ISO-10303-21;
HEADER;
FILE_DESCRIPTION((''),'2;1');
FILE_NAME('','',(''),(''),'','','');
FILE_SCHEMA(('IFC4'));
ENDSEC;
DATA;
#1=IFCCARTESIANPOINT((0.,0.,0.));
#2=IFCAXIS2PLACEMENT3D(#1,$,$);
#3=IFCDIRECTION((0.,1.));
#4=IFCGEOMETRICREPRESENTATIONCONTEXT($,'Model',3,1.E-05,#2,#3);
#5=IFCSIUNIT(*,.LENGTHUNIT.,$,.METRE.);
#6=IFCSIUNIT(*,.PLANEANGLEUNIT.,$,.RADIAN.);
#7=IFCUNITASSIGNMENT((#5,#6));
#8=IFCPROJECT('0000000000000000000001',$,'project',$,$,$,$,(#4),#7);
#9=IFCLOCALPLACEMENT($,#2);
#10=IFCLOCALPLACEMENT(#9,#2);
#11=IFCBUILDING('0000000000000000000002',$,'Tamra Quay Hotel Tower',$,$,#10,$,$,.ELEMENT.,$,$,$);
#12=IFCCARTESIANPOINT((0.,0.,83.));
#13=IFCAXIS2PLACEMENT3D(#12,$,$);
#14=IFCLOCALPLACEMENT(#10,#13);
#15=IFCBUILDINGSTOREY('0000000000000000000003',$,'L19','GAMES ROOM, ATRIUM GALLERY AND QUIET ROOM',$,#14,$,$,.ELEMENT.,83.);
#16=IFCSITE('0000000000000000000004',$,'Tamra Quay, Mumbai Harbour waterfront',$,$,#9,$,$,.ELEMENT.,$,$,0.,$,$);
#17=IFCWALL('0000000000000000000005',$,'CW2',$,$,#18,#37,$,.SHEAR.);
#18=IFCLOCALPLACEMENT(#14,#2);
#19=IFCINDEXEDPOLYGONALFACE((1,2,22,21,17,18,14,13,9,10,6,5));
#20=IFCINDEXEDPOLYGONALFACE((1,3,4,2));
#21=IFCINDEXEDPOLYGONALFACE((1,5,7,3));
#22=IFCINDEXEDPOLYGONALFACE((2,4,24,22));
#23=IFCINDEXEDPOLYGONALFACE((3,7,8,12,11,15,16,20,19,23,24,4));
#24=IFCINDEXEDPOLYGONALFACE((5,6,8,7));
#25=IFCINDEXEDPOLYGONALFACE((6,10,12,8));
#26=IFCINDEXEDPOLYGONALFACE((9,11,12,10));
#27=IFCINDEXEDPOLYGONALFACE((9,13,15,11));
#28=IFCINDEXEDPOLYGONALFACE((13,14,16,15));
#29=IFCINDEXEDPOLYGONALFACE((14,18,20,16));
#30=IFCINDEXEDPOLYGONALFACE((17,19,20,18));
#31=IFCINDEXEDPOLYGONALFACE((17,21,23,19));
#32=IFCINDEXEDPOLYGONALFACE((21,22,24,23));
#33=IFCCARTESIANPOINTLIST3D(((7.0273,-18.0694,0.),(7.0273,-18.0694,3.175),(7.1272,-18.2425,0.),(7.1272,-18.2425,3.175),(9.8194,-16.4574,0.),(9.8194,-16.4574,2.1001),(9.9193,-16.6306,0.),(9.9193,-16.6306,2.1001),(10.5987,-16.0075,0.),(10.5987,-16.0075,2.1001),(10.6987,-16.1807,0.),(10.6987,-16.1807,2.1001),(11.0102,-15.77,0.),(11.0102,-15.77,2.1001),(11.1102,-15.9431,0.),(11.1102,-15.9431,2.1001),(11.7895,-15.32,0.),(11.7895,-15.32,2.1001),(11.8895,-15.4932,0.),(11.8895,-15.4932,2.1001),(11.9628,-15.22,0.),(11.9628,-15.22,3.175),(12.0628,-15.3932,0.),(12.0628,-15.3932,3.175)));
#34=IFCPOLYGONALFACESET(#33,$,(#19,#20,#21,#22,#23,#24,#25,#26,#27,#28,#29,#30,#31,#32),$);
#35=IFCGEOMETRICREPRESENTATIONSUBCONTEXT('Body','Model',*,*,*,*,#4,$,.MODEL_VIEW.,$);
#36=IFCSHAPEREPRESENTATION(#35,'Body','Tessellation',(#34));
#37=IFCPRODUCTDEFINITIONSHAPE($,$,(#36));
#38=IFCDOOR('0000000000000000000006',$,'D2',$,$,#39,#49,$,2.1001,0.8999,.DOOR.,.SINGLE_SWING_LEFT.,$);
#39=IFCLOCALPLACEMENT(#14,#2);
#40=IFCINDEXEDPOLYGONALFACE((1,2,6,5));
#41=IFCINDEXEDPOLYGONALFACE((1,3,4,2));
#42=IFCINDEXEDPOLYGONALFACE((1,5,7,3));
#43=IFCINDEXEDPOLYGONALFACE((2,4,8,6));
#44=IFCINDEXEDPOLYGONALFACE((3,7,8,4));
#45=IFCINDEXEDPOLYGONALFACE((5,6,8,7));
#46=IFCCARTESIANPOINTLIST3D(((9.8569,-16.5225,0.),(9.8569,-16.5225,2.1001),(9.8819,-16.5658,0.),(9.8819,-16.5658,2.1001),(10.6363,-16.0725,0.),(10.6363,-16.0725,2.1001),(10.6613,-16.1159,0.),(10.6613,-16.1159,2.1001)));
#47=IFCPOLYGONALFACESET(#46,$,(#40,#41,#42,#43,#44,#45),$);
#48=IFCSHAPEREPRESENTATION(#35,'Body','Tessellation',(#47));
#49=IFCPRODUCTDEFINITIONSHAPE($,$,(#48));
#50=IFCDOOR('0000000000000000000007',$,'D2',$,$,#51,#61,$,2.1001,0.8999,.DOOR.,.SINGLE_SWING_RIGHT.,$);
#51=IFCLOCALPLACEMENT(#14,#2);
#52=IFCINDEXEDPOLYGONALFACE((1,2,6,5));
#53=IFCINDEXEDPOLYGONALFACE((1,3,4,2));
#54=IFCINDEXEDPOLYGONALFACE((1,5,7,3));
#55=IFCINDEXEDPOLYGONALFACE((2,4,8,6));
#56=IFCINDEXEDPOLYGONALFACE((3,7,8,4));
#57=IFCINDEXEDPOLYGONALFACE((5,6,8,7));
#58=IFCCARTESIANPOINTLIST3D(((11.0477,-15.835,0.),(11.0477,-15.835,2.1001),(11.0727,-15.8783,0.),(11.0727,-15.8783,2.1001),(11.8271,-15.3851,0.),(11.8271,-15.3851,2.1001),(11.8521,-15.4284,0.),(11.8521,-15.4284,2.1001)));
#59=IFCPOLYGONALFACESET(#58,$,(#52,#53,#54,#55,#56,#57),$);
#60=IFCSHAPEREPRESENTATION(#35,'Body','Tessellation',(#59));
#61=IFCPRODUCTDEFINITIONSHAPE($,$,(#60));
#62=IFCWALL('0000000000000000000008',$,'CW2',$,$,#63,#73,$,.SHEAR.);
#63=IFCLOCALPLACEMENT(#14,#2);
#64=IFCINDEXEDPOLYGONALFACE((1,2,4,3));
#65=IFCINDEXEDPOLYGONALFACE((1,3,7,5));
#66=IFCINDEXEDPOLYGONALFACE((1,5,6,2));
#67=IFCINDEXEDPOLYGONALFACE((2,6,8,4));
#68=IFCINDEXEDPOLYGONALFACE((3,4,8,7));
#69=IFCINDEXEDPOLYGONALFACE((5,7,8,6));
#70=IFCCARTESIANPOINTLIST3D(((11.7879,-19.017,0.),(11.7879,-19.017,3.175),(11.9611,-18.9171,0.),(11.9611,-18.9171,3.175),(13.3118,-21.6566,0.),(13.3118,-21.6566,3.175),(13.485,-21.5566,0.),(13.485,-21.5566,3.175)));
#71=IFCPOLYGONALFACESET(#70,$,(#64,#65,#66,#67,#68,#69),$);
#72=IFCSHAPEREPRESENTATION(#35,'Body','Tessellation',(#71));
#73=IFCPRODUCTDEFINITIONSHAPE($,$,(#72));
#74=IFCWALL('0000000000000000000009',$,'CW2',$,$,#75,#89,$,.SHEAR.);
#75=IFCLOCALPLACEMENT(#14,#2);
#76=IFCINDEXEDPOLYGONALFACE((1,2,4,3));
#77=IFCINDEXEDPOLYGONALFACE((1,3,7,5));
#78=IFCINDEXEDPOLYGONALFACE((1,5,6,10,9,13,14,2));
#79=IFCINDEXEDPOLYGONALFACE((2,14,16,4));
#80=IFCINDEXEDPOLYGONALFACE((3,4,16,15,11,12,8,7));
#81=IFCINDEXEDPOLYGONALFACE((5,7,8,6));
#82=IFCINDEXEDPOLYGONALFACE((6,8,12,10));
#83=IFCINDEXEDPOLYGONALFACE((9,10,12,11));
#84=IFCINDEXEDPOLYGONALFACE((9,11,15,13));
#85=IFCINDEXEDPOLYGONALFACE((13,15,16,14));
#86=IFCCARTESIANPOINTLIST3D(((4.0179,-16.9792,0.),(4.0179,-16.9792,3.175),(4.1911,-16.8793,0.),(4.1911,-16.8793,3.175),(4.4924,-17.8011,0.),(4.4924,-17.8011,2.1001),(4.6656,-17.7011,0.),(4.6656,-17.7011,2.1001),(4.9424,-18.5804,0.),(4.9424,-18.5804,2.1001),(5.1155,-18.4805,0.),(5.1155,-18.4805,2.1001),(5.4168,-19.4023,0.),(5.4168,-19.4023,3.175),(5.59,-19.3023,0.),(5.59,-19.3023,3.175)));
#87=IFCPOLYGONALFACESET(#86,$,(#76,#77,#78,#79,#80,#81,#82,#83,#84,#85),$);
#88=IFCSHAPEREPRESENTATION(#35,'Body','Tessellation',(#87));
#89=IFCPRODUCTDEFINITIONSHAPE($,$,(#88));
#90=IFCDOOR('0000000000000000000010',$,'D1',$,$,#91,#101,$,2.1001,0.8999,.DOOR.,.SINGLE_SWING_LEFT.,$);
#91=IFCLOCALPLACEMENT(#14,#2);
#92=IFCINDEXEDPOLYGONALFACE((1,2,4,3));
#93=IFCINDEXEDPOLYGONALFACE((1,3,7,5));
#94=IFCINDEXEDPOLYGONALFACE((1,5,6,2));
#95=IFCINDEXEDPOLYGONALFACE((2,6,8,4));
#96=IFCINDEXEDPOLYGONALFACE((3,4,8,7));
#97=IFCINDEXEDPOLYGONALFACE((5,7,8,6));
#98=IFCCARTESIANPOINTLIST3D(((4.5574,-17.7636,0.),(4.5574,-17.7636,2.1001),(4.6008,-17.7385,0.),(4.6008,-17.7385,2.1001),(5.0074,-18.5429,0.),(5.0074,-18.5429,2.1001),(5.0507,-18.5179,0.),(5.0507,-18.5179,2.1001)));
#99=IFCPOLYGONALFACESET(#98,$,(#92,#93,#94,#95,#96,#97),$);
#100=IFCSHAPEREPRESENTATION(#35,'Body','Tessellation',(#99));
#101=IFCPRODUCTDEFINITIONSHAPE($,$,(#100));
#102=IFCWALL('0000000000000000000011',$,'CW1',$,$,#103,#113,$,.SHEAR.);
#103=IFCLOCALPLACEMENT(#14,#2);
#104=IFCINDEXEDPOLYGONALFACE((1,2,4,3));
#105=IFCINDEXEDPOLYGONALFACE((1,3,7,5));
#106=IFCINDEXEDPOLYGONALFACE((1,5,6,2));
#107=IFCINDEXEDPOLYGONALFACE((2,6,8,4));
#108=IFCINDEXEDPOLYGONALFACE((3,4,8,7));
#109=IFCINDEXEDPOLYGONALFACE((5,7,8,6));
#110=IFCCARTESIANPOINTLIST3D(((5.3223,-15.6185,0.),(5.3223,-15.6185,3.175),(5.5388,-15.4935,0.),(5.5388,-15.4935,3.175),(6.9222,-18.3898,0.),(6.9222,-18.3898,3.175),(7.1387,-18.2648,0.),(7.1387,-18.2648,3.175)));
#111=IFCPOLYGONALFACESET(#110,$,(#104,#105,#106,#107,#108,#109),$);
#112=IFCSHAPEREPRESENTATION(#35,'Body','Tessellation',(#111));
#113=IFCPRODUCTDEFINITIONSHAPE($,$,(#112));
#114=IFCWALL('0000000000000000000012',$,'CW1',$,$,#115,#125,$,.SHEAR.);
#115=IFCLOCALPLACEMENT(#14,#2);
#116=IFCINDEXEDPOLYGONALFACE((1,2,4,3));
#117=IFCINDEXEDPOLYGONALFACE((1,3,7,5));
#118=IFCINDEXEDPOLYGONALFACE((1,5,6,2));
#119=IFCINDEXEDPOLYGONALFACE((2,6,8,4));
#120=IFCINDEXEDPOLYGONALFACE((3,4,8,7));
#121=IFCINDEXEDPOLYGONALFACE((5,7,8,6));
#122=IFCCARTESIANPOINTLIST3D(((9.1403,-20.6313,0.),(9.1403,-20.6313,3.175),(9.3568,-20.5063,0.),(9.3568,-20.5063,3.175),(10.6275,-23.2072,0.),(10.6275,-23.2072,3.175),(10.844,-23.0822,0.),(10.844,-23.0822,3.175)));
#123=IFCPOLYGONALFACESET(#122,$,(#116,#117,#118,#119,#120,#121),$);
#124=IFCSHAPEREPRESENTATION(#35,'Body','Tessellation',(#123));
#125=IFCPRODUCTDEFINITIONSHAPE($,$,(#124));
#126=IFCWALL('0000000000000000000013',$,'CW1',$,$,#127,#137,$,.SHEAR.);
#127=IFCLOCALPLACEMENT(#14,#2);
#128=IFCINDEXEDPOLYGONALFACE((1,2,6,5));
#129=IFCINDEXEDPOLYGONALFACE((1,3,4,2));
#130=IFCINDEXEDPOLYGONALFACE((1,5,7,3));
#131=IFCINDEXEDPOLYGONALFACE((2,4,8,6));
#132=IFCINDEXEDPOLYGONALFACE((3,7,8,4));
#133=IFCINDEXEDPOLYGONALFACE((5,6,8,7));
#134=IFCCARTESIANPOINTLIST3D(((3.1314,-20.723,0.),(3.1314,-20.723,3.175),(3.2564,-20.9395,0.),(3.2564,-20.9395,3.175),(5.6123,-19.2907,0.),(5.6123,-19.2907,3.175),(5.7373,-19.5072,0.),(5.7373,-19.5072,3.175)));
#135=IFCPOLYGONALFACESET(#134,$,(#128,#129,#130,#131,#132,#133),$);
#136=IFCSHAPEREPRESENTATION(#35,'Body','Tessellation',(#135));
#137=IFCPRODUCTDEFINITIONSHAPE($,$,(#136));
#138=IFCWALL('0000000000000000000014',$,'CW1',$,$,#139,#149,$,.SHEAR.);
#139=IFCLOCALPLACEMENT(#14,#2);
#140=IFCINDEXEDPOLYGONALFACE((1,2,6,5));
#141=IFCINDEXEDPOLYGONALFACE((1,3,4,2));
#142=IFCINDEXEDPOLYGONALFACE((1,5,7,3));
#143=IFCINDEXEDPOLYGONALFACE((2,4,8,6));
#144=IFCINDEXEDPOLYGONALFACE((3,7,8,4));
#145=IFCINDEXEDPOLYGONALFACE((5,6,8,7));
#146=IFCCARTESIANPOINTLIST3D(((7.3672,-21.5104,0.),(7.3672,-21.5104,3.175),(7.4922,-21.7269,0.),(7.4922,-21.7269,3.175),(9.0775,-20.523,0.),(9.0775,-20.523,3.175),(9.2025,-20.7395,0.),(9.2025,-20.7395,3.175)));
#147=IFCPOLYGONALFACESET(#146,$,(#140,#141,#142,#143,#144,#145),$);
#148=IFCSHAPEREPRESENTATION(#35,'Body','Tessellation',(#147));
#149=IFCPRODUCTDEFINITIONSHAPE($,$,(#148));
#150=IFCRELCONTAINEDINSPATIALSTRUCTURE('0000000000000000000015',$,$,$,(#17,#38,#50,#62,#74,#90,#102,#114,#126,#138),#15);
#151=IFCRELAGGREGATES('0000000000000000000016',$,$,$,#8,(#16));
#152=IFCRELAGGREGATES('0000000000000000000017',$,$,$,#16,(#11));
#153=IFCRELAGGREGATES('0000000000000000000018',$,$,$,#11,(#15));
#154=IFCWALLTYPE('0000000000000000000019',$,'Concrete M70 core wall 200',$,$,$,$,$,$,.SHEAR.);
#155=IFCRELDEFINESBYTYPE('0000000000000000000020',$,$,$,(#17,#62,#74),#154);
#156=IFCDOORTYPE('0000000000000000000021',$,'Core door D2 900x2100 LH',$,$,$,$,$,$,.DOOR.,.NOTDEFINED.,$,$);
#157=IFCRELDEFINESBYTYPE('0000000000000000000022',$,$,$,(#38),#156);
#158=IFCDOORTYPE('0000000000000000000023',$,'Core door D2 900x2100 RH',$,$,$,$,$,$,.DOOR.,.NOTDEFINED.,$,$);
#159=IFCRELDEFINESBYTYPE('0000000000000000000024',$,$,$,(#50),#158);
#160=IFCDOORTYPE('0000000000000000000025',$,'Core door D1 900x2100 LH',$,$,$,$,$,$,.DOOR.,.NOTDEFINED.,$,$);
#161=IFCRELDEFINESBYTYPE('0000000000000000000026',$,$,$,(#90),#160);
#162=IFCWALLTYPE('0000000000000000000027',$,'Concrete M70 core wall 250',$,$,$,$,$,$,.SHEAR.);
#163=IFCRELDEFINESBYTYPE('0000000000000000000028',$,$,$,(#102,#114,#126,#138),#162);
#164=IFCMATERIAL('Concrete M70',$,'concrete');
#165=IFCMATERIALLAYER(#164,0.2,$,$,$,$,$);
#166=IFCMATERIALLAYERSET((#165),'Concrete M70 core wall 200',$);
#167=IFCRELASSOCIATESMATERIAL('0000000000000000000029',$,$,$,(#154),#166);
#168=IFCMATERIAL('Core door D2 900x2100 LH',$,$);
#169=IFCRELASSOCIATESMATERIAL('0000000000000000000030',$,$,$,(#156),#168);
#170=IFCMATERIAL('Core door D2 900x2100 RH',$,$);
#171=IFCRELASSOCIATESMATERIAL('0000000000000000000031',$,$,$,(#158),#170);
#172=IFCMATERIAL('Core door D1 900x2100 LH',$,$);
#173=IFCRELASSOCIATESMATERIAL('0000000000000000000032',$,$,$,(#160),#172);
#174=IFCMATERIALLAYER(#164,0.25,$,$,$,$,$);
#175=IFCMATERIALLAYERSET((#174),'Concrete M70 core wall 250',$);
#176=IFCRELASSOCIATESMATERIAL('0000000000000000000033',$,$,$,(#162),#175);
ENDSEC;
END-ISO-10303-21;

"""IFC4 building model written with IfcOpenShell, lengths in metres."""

from ifc_helpers import new_model, si_unit, direction, frame, frame_2d, origin, place, context, subcontext, project, spatial, rectangle, extrude, material, layer, layer_set, type_object, element, fill, save


model = new_model("IFC4")

# Units and contexts
model_context = context("Model", 3, precision=1e-05, world=origin(), true_north=direction((0.0, 1.0)))
body_context = subcontext(model_context, "Body", "Model", "MODEL_VIEW")
ifc_project = project(units=[si_unit("LENGTHUNIT", "METRE"), si_unit("PLANEANGLEUNIT", "RADIAN")], contexts=[model_context])

# Site, building, storey
site_placement = place(None, origin())
site = spatial("IfcSite", under=ifc_project, at=site_placement, Name="Tamra Quay, Mumbai Harbour waterfront", CompositionType="ELEMENT", RefElevation=0.0)
building_placement = place(site_placement, origin())
building = spatial("IfcBuilding", under=site, at=building_placement, Name="Tamra Quay Hotel Tower", CompositionType="ELEMENT")
storey_placement = place(building_placement, frame((0.0, 0.0, 83.0)))
storey = spatial("IfcBuildingStorey", under=building, at=storey_placement, Name="L19", Description="GAMES ROOM, ATRIUM GALLERY AND QUIET ROOM", CompositionType="ELEMENT", Elevation=83.0)

# Shared definitions
ifc_material_1 = material(Name="Concrete M70", Category="concrete")

# Wall, openings, doors
ifc_layer_1 = layer(ifc_material_1, 0.2)
ifc_layer_set_1 = layer_set([ifc_layer_1], Name="Concrete M70 core wall 200")
wall_type_1 = type_object("IfcWallType", Name="Concrete M70 core wall 200", PredefinedType="SHEAR", material=ifc_layer_set_1)
wall_1_placement = place(storey_placement, frame((7.0771, -18.156, 0.0), z_axis=(0.0, 0.0, 1.0), x_axis=(0.866039, 0.499977, 0.0)))
wall_1 = element("IfcWall", 1, at=wall_1_placement, inside=storey, type_object=wall_type_1, Name="CW2", PredefinedType="SHEAR", context=body_context, shape_type="SweptSolid", body=[
    extrude(rectangle(XDim=5.699, YDim=0.2, at=frame_2d((2.8496, 0.0))), origin(), (0.0, 0.0, 1.0), 3.175),
])
opening_1_placement = place(wall_1_placement, frame((3.2241, 0.0, 0.0)))
opening_1 = element("IfcOpeningElement", 2, at=opening_1_placement, cuts=wall_1, PredefinedType="OPENING", context=body_context, shape_type="SweptSolid", body=[
    extrude(rectangle(XDim=0.8999, YDim=2.1001, at=frame_2d((0.45, 1.05))), frame((0.0, 0.1099, 0.0), z_axis=(0.0, -1.0, 0.0), x_axis=(1.0, 0.0, 0.0)), (0.0, 0.0, 1.0), 0.22),
])
opening_2_placement = place(wall_1_placement, frame((4.5991, 0.0, 0.0)))
opening_2 = element("IfcOpeningElement", 3, at=opening_2_placement, cuts=wall_1, PredefinedType="OPENING", context=body_context, shape_type="SweptSolid", body=[
    extrude(rectangle(XDim=0.8999, YDim=2.1001, at=frame_2d((0.45, 1.05))), frame((0.0, 0.1099, 0.0), z_axis=(0.0, -1.0, 0.0), x_axis=(1.0, 0.0, 0.0)), (0.0, 0.0, 1.0), 0.22),
])
ifc_material_2 = material(Name="Core door D2 900x2100 LH")
door_type_1 = type_object("IfcDoorType", Name="Core door D2 900x2100 LH", OperationType="NOTDEFINED", PredefinedType="DOOR", material=ifc_material_2)
door_1_placement = place(opening_1_placement, origin())
door_1 = element("IfcDoor", 4, at=door_1_placement, inside=storey, type_object=door_type_1, Name="D2", OperationType="SINGLE_SWING_LEFT", OverallHeight=2.1001, OverallWidth=0.8999, PredefinedType="DOOR", context=body_context, shape_type="SweptSolid", body=[
    extrude(rectangle(XDim=0.8999, YDim=2.1001, at=frame_2d((0.45, 1.05))), frame((0.0, 0.0249, 0.0), z_axis=(0.0, -1.0, 0.0), x_axis=(1.0, 0.0, 0.0)), (0.0, 0.0, 1.0), 0.05),
])
fill(opening_1, door_1)
ifc_material_3 = material(Name="Core door D2 900x2100 RH")
door_type_2 = type_object("IfcDoorType", Name="Core door D2 900x2100 RH", OperationType="NOTDEFINED", PredefinedType="DOOR", material=ifc_material_3)
door_2_placement = place(opening_2_placement, origin())
door_2 = element("IfcDoor", 5, at=door_2_placement, inside=storey, type_object=door_type_2, Name="D2", OperationType="SINGLE_SWING_RIGHT", OverallHeight=2.1001, OverallWidth=0.8999, PredefinedType="DOOR", context=body_context, shape_type="SweptSolid", body=[
    extrude(rectangle(XDim=0.8999, YDim=2.1001, at=frame_2d((0.45, 1.05))), frame((0.0, 0.0249, 0.0), z_axis=(0.0, -1.0, 0.0), x_axis=(1.0, 0.0, 0.0)), (0.0, 0.0, 1.0), 0.05),
])
fill(opening_2, door_2)

# Wall
wall_2_placement = place(storey_placement, frame((11.8745, -18.967, 0.0), z_axis=(0.0, 0.0, 1.0), x_axis=(0.499981, -0.866036, 0.0)))
element("IfcWall", 6, at=wall_2_placement, inside=storey, type_object=wall_type_1, Name="CW2", PredefinedType="SHEAR", context=body_context, shape_type="SweptSolid", body=[
    extrude(rectangle(XDim=3.0479, YDim=0.2, at=frame_2d((1.5239, 0.0))), origin(), (0.0, 0.0, 1.0), 3.175),
])

# Wall, opening, door
wall_3_placement = place(storey_placement, frame((5.5034, -19.3523, 0.0), z_axis=(0.0, 0.0, 1.0), x_axis=(-0.499987, 0.866033, 0.0)))
wall_3 = element("IfcWall", 7, at=wall_3_placement, inside=storey, type_object=wall_type_1, Name="CW2", PredefinedType="SHEAR", context=body_context, shape_type="SweptSolid", body=[
    extrude(rectangle(XDim=2.7979, YDim=0.2, at=frame_2d((1.3989, 0.0))), origin(), (0.0, 0.0, 1.0), 3.175),
])
opening_3_placement = place(wall_3_placement, frame((0.949, 0.0, 0.0)))
opening_3 = element("IfcOpeningElement", 8, at=opening_3_placement, cuts=wall_3, PredefinedType="OPENING", context=body_context, shape_type="SweptSolid", body=[
    extrude(rectangle(XDim=0.8999, YDim=2.1001, at=frame_2d((0.45, 1.05))), frame((0.0, 0.1099, 0.0), z_axis=(0.0, -1.0, 0.0), x_axis=(1.0, 0.0, 0.0)), (0.0, 0.0, 1.0), 0.22),
])
ifc_material_4 = material(Name="Core door D1 900x2100 LH")
door_type_3 = type_object("IfcDoorType", Name="Core door D1 900x2100 LH", OperationType="NOTDEFINED", PredefinedType="DOOR", material=ifc_material_4)
door_3_placement = place(opening_3_placement, origin())
door_3 = element("IfcDoor", 9, at=door_3_placement, inside=storey, type_object=door_type_3, Name="D1", OperationType="SINGLE_SWING_LEFT", OverallHeight=2.1001, OverallWidth=0.8999, PredefinedType="DOOR", context=body_context, shape_type="SweptSolid", body=[
    extrude(rectangle(XDim=0.8999, YDim=2.1001, at=frame_2d((0.45, 1.05))), frame((0.0, 0.0249, 0.0), z_axis=(0.0, -1.0, 0.0), x_axis=(1.0, 0.0, 0.0)), (0.0, 0.0, 1.0), 0.05),
])
fill(opening_3, door_3)

# Walls
ifc_layer_2 = layer(ifc_material_1, 0.25)
ifc_layer_set_2 = layer_set([ifc_layer_2], Name="Concrete M70 core wall 250")
wall_type_2 = type_object("IfcWallType", Name="Concrete M70 core wall 250", PredefinedType="SHEAR", material=ifc_layer_set_2)
wall_4_placement = place(storey_placement, frame((7.0305, -18.3274, 0.0), z_axis=(0.0, 0.0, 1.0), x_axis=(-0.499971, 0.866042, 0.0)))
element("IfcWall", 10, at=wall_4_placement, inside=storey, type_object=wall_type_2, Name="CW1", PredefinedType="SHEAR", context=body_context, shape_type="SweptSolid", body=[
    extrude(rectangle(XDim=3.2, YDim=0.25, at=frame_2d((1.6001, 0.0))), origin(), (0.0, 0.0, 1.0), 3.175),
])
wall_5_placement = place(storey_placement, frame((10.7358, -23.1448, 0.0), z_axis=(0.0, 0.0, 1.0), x_axis=(-0.500023, 0.866012, 0.0)))
element("IfcWall", 11, at=wall_5_placement, inside=storey, type_object=wall_type_2, Name="CW1", PredefinedType="SHEAR", context=body_context, shape_type="SweptSolid", body=[
    extrude(rectangle(XDim=2.9744, YDim=0.25, at=frame_2d((1.4873, 0.0))), origin(), (0.0, 0.0, 1.0), 3.175),
])
wall_6_placement = place(storey_placement, frame((5.6748, -19.3989, 0.0), z_axis=(0.0, 0.0, 1.0), x_axis=(-0.866027, -0.499998, 0.0)))
element("IfcWall", 12, at=wall_6_placement, inside=storey, type_object=wall_type_2, Name="CW1", PredefinedType="SHEAR", context=body_context, shape_type="SweptSolid", body=[
    extrude(rectangle(XDim=2.8647, YDim=0.25, at=frame_2d((1.4324, 0.0))), origin(), (0.0, 0.0, 1.0), 3.175),
])
wall_7_placement = place(storey_placement, frame((9.1399, -20.6313, 0.0), z_axis=(0.0, 0.0, 1.0), x_axis=(-0.866044, -0.499969, 0.0)))
element("IfcWall", 13, at=wall_7_placement, inside=storey, type_object=wall_type_2, Name="CW1", PredefinedType="SHEAR", context=body_context, shape_type="SweptSolid", body=[
    extrude(rectangle(XDim=1.9749, YDim=0.25, at=frame_2d((0.9873, 0.0))), origin(), (0.0, 0.0, 1.0), 3.175),
])

save(model, "model.ifc")
